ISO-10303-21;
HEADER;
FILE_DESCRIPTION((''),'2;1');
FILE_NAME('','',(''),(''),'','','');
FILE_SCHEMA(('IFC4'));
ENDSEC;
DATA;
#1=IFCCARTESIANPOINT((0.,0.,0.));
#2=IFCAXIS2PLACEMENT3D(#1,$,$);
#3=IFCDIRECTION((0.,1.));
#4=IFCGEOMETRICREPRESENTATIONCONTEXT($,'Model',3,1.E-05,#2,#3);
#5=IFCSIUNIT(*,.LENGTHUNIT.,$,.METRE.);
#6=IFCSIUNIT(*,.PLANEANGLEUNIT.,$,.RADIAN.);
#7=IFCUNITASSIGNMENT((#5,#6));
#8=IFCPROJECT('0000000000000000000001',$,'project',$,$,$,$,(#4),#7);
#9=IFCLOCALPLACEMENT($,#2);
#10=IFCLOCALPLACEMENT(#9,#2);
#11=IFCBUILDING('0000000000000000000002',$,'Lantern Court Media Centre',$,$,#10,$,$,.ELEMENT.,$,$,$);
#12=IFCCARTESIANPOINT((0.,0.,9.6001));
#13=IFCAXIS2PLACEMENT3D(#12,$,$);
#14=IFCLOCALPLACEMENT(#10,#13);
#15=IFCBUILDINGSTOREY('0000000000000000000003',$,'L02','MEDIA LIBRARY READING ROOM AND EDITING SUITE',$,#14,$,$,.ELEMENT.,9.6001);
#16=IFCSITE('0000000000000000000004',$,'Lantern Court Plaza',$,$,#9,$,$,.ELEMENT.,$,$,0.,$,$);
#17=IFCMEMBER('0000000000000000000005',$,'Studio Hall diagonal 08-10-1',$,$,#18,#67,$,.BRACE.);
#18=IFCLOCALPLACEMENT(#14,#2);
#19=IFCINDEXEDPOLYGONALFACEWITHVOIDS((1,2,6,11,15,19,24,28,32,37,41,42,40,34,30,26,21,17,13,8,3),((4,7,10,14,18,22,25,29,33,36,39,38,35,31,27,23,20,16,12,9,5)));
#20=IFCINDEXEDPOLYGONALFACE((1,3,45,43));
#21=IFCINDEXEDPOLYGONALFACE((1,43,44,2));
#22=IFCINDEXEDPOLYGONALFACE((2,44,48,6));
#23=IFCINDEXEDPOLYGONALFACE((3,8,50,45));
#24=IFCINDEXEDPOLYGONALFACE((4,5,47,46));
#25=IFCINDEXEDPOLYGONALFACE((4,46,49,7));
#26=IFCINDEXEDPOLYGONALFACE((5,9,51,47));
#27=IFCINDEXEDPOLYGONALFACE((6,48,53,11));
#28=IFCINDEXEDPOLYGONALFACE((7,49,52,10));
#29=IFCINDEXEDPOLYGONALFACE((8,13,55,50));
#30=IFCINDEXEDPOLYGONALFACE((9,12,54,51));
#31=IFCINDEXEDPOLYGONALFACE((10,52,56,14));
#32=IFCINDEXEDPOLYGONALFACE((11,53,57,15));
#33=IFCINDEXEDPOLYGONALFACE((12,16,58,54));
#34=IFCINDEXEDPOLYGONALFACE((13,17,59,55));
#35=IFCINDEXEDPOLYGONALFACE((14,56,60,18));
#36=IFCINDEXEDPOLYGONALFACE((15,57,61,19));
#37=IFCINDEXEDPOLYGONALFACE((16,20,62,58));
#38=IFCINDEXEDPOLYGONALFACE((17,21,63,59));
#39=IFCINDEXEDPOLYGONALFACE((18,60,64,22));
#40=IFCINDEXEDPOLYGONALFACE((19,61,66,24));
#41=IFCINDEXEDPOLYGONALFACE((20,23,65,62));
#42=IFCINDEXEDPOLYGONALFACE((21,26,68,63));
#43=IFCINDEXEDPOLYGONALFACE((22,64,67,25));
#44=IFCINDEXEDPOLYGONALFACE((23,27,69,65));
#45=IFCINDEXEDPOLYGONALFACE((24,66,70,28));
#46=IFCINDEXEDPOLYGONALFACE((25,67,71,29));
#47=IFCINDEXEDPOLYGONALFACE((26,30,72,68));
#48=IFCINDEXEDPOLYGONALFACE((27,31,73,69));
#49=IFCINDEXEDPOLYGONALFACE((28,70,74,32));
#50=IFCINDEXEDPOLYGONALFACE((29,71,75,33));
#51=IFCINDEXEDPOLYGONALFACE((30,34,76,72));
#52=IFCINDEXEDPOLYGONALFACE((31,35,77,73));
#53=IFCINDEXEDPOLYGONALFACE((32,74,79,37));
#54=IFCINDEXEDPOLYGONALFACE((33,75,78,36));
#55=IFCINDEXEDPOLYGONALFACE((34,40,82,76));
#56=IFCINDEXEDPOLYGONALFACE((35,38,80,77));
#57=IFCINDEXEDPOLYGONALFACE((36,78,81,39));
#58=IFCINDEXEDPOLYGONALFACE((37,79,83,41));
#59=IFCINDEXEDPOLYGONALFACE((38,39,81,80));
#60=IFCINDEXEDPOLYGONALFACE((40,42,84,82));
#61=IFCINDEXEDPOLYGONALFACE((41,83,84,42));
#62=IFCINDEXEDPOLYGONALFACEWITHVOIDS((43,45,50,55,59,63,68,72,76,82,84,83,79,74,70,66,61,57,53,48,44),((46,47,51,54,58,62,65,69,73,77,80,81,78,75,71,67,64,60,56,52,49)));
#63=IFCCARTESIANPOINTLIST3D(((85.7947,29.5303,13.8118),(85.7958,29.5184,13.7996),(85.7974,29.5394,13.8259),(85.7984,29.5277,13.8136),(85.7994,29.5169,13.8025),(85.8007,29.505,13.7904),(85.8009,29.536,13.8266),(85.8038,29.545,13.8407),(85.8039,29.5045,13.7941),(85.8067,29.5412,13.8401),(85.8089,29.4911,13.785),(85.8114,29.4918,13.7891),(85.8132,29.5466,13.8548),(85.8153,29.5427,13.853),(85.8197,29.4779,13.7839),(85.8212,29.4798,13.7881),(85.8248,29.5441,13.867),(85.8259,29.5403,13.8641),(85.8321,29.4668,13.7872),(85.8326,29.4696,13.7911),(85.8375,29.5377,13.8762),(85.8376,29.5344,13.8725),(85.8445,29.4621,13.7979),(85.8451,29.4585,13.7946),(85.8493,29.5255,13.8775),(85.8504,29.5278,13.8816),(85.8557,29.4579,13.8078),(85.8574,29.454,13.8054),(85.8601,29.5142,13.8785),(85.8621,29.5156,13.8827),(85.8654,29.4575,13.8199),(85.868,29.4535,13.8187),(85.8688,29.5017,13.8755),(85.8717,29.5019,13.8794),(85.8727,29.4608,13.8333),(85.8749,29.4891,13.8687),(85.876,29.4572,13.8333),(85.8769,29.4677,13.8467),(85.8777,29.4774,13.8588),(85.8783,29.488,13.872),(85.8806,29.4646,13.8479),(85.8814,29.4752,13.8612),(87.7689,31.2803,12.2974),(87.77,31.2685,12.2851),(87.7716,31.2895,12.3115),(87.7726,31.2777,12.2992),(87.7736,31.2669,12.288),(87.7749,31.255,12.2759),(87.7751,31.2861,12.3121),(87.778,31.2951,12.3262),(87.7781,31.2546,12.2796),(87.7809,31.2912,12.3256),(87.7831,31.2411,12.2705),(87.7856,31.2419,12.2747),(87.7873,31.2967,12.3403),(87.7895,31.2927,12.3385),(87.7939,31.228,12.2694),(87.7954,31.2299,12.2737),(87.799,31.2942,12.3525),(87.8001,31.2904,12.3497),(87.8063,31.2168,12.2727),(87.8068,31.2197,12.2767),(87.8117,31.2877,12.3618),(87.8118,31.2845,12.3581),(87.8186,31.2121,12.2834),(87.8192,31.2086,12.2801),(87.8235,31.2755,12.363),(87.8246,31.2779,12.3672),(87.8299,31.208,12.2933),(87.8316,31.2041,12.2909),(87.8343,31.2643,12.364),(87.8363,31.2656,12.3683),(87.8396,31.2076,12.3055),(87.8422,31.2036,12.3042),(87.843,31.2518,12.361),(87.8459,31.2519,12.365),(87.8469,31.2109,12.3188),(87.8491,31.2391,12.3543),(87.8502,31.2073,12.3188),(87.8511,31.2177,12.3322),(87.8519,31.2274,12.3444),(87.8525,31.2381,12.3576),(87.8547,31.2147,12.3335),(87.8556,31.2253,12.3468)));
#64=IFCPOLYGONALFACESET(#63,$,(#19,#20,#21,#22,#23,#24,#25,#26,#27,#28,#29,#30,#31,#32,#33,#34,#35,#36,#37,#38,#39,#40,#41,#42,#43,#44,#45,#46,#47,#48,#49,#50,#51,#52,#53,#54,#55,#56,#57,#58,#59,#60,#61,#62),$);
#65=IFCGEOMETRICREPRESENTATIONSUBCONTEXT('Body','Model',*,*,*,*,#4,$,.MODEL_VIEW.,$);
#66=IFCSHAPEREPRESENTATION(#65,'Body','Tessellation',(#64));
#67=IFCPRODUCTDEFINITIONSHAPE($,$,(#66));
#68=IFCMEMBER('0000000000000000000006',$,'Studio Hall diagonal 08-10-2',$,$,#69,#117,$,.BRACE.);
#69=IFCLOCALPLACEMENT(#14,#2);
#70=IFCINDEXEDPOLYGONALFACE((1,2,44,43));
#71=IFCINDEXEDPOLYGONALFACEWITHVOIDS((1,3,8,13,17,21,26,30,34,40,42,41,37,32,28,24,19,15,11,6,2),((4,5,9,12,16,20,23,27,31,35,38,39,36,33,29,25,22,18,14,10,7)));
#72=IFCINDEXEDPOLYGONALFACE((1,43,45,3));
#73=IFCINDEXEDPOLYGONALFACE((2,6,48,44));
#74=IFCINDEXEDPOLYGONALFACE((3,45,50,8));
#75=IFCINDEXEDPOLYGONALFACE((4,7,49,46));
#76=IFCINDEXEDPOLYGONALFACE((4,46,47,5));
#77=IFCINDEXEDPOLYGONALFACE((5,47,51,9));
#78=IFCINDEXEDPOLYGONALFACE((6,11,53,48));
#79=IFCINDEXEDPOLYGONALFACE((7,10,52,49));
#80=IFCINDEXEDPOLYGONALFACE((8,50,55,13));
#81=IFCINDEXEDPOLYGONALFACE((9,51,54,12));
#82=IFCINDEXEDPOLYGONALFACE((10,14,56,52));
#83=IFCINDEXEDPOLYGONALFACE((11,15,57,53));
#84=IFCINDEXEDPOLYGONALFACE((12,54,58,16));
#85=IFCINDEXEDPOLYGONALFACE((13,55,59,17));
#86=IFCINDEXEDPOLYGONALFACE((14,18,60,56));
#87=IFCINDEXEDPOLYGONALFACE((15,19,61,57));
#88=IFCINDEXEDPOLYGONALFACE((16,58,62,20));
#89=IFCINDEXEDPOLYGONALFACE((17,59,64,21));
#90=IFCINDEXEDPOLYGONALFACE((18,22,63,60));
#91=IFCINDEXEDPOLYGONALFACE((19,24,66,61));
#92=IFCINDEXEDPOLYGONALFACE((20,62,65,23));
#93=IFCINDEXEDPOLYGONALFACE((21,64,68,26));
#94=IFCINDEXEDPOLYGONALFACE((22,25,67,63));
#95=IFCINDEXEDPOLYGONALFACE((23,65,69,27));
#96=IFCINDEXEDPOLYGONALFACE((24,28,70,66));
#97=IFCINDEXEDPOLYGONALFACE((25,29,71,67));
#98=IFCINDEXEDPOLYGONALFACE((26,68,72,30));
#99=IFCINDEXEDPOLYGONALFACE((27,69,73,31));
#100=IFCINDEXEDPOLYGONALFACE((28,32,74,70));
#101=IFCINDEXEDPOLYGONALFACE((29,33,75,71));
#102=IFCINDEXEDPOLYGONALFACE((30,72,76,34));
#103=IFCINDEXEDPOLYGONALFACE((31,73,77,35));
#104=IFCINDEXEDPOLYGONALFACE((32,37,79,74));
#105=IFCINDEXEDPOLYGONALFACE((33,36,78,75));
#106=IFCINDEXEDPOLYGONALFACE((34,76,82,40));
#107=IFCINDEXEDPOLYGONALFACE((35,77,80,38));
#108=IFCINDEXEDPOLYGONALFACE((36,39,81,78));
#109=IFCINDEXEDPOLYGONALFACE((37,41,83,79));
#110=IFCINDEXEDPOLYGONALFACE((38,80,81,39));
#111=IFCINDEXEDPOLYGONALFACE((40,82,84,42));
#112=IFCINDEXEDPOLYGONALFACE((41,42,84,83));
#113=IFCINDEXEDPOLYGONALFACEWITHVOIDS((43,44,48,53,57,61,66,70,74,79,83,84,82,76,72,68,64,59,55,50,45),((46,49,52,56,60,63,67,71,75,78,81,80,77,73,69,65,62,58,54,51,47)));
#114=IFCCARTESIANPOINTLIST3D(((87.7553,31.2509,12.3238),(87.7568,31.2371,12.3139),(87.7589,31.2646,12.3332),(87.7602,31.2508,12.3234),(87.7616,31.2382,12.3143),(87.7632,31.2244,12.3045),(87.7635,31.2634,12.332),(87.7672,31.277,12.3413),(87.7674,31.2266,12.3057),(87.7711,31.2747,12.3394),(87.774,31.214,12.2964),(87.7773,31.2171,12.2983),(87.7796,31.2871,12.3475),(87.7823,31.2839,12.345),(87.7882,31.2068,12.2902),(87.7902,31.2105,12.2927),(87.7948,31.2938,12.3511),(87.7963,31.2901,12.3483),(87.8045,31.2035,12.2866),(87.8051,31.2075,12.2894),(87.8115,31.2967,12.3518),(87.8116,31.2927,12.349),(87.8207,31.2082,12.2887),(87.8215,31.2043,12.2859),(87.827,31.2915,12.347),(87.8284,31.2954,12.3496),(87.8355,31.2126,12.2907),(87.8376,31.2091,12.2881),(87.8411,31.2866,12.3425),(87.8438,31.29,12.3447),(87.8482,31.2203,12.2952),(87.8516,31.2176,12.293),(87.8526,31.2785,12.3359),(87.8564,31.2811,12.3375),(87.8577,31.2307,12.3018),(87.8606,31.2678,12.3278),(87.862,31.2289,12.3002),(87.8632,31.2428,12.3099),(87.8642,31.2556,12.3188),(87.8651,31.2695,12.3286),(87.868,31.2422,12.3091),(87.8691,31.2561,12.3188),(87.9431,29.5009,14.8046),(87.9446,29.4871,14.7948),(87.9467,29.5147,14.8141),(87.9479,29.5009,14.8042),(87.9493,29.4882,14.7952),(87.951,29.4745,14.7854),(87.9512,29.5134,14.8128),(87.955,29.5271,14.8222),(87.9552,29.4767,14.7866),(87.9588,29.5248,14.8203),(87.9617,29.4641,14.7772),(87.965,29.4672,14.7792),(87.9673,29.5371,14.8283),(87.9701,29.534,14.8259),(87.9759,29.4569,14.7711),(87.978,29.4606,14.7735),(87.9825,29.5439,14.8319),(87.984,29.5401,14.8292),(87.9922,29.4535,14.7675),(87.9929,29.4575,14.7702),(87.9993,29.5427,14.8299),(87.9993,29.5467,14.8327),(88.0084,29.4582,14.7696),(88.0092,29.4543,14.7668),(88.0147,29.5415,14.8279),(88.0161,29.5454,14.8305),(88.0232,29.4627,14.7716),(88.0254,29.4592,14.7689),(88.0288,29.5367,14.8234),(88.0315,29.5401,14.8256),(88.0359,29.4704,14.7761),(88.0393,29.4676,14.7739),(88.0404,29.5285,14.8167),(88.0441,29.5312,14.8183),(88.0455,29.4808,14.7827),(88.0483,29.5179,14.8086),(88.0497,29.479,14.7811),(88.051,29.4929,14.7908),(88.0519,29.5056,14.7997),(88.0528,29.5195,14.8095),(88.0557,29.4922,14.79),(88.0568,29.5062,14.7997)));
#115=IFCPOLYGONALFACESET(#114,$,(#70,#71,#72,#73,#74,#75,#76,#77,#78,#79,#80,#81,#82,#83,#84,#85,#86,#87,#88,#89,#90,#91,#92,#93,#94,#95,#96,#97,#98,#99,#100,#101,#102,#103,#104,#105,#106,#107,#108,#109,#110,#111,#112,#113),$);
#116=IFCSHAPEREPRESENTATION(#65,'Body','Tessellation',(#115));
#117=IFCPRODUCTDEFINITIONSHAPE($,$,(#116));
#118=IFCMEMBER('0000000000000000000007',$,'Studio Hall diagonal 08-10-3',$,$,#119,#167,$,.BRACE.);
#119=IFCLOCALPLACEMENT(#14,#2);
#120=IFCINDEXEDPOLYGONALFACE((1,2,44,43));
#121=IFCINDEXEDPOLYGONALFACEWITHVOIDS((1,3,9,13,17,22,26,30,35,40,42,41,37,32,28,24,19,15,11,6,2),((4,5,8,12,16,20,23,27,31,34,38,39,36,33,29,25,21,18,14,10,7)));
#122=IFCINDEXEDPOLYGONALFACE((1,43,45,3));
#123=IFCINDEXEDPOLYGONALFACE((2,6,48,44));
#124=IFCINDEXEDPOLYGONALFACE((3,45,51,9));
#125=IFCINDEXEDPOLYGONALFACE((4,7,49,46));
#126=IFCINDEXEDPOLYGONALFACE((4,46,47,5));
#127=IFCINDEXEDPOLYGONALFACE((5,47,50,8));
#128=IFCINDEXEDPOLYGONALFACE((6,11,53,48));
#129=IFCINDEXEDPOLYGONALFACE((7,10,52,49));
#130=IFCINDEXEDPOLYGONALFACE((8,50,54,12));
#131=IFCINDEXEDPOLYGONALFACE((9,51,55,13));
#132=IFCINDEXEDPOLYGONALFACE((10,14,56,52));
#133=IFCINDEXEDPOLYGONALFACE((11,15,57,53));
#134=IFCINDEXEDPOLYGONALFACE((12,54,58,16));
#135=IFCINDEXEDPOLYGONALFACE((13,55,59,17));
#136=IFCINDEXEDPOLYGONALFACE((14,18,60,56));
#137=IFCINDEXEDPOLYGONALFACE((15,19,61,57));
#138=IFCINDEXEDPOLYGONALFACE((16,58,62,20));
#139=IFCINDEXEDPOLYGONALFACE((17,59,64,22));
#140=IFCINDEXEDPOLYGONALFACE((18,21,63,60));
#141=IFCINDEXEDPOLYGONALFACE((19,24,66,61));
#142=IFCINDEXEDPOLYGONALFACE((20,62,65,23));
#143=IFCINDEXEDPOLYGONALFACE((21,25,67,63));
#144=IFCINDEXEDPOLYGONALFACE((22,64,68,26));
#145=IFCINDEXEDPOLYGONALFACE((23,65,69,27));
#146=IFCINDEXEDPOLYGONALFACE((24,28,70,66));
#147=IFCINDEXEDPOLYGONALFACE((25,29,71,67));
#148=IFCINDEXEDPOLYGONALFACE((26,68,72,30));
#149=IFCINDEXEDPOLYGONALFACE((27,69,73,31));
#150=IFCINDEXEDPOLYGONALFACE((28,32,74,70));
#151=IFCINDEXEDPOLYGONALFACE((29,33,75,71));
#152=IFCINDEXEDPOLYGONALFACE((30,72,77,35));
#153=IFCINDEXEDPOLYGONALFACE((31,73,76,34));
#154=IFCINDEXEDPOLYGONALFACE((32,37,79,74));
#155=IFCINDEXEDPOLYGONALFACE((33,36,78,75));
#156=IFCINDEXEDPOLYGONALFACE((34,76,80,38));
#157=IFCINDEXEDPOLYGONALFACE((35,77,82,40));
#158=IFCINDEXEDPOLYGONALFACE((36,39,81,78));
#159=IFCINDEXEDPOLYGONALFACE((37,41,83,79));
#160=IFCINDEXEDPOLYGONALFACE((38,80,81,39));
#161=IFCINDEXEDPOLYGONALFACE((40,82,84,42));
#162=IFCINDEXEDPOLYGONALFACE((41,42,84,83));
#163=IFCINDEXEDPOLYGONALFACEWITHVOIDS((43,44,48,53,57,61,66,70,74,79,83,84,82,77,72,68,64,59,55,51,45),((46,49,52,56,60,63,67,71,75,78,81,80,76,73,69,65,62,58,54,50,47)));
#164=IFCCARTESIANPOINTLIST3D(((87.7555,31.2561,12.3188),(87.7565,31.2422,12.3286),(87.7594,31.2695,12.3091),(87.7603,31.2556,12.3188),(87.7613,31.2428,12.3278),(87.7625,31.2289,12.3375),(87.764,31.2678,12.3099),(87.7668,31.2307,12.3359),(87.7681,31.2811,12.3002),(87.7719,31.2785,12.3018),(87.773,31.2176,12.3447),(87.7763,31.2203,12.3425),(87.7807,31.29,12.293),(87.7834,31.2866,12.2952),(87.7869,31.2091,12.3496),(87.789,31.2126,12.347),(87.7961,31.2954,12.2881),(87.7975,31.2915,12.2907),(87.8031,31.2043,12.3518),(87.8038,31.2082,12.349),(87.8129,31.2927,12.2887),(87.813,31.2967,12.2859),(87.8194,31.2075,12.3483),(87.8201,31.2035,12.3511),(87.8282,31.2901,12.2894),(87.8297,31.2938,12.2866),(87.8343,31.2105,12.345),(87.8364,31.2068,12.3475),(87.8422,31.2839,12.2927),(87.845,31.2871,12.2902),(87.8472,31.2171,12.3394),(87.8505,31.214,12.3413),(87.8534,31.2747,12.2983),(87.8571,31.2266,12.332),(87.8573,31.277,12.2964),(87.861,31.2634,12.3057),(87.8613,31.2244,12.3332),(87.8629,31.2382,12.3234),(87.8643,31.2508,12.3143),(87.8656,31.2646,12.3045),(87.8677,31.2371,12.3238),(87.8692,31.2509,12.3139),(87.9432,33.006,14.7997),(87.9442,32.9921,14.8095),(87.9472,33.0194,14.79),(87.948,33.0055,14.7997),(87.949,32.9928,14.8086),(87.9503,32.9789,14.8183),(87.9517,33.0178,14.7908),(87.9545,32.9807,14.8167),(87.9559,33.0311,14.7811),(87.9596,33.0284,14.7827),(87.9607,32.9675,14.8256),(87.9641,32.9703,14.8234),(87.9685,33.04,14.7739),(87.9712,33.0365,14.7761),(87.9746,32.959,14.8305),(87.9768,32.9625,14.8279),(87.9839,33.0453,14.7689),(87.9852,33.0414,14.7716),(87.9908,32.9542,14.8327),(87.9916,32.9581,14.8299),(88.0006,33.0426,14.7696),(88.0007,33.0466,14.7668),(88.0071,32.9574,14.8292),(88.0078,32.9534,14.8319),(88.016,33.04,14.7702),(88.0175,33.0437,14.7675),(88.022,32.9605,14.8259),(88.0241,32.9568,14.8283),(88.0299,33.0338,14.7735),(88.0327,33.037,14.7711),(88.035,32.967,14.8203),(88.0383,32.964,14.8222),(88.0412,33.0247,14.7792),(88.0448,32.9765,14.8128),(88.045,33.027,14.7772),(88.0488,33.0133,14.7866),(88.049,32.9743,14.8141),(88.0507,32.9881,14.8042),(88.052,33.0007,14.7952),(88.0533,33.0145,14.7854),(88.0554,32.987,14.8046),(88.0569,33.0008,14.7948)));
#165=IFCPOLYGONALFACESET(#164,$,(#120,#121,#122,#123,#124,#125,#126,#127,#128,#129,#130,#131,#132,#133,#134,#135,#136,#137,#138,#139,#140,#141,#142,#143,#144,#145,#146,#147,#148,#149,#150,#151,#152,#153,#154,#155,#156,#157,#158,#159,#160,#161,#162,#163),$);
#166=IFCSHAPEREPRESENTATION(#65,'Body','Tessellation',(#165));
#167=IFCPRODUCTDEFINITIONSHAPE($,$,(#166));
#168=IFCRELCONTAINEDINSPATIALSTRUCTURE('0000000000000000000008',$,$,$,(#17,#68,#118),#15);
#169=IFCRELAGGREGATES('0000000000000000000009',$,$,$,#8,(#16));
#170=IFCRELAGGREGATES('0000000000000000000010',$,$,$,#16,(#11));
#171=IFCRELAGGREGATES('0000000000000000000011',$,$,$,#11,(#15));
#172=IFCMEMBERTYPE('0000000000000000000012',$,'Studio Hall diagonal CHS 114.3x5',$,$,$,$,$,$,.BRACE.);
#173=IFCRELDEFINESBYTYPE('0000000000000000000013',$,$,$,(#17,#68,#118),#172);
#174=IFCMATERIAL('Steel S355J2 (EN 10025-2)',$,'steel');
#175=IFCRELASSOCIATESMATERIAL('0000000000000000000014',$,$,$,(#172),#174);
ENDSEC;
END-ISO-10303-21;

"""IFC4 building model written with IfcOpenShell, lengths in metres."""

from ifc_helpers import new_model, si_unit, direction, frame, origin, origin_2d, place, context, subcontext, project, spatial, hollow_circle, extrude, material, material_profile, profile_set, type_object, element, save


model = new_model("IFC4")

# Units and contexts
model_context = context("Model", 3, precision=1e-05, world=origin(), true_north=direction((0.0, 1.0)))
body_context = subcontext(model_context, "Body", "Model", "MODEL_VIEW")
ifc_project = project(units=[si_unit("LENGTHUNIT", "METRE"), si_unit("PLANEANGLEUNIT", "RADIAN")], contexts=[model_context])

# Site, building, storey
site_placement = place(None, origin())
site = spatial("IfcSite", under=ifc_project, at=site_placement, Name="Lantern Court Plaza", CompositionType="ELEMENT", RefElevation=0.0)
building_placement = place(site_placement, origin())
building = spatial("IfcBuilding", under=site, at=building_placement, Name="Lantern Court Media Centre", CompositionType="ELEMENT")
storey_placement = place(building_placement, frame((0.0, 0.0, 9.6001)))
storey = spatial("IfcBuildingStorey", under=building, at=storey_placement, Name="L02", Description="MEDIA LIBRARY READING ROOM AND EDITING SUITE", CompositionType="ELEMENT", Elevation=9.6001)

# Members
ifc_material = material(Name="Steel S355J2 (EN 10025-2)", Category="steel")
ifc_material_profile_1 = material_profile(ifc_material, hollow_circle(Radius=0.0571, WallThickness=0.0049, at=origin_2d()), Name="Studio Hall diagonal CHS 114.3x5")
ifc_profile_set_1 = profile_set([ifc_material_profile_1], Name="Steel S355J2 (EN 10025-2)")
member_type_1 = type_object("IfcMemberType", Name="Studio Hall diagonal CHS 114.3x5", PredefinedType="BRACE", material=ifc_profile_set_1)
member_1_placement = place(storey_placement, frame((87.8123, 31.25, 12.3188), z_axis=(-0.648979, -0.575301, 0.49785), x_axis=(0.663352, -0.748307, 0.0)))
element("IfcMember", 1, at=member_1_placement, inside=storey, type_object=member_type_1, Name="Studio Hall diagonal 08-10-1", PredefinedType="BRACE", context=body_context, shape_type="SweptSolid", body=[
    extrude(hollow_circle(Radius=0.0571, WallThickness=0.0049, at=origin_2d()), origin(), (0.0, 0.0, 1.0), 3.042),
])
for number, where, z_axis, x_axis, name in (
    (2, (87.8123, 31.25, 12.3188), (0.06172, -0.575306, 0.815606), (0.994294, 0.10667, 0.0), "Studio Hall diagonal 08-10-2"),
    (3, (87.8123, 31.25, 12.3188), (0.06172, 0.575306, 0.815606), (-0.994294, 0.10667, 0.0), "Studio Hall diagonal 08-10-3"),
):
    element("IfcMember", number, at=place(storey_placement, frame(where, z_axis=z_axis, x_axis=x_axis)), inside=storey, type_object=member_type_1, Name=name, PredefinedType="BRACE", context=body_context, shape_type="SweptSolid", body=[
        extrude(hollow_circle(Radius=0.0571, WallThickness=0.0049, at=origin_2d()), origin(), (0.0, 0.0, 1.0), 3.0417),
    ])

save(model, "model.ifc")
